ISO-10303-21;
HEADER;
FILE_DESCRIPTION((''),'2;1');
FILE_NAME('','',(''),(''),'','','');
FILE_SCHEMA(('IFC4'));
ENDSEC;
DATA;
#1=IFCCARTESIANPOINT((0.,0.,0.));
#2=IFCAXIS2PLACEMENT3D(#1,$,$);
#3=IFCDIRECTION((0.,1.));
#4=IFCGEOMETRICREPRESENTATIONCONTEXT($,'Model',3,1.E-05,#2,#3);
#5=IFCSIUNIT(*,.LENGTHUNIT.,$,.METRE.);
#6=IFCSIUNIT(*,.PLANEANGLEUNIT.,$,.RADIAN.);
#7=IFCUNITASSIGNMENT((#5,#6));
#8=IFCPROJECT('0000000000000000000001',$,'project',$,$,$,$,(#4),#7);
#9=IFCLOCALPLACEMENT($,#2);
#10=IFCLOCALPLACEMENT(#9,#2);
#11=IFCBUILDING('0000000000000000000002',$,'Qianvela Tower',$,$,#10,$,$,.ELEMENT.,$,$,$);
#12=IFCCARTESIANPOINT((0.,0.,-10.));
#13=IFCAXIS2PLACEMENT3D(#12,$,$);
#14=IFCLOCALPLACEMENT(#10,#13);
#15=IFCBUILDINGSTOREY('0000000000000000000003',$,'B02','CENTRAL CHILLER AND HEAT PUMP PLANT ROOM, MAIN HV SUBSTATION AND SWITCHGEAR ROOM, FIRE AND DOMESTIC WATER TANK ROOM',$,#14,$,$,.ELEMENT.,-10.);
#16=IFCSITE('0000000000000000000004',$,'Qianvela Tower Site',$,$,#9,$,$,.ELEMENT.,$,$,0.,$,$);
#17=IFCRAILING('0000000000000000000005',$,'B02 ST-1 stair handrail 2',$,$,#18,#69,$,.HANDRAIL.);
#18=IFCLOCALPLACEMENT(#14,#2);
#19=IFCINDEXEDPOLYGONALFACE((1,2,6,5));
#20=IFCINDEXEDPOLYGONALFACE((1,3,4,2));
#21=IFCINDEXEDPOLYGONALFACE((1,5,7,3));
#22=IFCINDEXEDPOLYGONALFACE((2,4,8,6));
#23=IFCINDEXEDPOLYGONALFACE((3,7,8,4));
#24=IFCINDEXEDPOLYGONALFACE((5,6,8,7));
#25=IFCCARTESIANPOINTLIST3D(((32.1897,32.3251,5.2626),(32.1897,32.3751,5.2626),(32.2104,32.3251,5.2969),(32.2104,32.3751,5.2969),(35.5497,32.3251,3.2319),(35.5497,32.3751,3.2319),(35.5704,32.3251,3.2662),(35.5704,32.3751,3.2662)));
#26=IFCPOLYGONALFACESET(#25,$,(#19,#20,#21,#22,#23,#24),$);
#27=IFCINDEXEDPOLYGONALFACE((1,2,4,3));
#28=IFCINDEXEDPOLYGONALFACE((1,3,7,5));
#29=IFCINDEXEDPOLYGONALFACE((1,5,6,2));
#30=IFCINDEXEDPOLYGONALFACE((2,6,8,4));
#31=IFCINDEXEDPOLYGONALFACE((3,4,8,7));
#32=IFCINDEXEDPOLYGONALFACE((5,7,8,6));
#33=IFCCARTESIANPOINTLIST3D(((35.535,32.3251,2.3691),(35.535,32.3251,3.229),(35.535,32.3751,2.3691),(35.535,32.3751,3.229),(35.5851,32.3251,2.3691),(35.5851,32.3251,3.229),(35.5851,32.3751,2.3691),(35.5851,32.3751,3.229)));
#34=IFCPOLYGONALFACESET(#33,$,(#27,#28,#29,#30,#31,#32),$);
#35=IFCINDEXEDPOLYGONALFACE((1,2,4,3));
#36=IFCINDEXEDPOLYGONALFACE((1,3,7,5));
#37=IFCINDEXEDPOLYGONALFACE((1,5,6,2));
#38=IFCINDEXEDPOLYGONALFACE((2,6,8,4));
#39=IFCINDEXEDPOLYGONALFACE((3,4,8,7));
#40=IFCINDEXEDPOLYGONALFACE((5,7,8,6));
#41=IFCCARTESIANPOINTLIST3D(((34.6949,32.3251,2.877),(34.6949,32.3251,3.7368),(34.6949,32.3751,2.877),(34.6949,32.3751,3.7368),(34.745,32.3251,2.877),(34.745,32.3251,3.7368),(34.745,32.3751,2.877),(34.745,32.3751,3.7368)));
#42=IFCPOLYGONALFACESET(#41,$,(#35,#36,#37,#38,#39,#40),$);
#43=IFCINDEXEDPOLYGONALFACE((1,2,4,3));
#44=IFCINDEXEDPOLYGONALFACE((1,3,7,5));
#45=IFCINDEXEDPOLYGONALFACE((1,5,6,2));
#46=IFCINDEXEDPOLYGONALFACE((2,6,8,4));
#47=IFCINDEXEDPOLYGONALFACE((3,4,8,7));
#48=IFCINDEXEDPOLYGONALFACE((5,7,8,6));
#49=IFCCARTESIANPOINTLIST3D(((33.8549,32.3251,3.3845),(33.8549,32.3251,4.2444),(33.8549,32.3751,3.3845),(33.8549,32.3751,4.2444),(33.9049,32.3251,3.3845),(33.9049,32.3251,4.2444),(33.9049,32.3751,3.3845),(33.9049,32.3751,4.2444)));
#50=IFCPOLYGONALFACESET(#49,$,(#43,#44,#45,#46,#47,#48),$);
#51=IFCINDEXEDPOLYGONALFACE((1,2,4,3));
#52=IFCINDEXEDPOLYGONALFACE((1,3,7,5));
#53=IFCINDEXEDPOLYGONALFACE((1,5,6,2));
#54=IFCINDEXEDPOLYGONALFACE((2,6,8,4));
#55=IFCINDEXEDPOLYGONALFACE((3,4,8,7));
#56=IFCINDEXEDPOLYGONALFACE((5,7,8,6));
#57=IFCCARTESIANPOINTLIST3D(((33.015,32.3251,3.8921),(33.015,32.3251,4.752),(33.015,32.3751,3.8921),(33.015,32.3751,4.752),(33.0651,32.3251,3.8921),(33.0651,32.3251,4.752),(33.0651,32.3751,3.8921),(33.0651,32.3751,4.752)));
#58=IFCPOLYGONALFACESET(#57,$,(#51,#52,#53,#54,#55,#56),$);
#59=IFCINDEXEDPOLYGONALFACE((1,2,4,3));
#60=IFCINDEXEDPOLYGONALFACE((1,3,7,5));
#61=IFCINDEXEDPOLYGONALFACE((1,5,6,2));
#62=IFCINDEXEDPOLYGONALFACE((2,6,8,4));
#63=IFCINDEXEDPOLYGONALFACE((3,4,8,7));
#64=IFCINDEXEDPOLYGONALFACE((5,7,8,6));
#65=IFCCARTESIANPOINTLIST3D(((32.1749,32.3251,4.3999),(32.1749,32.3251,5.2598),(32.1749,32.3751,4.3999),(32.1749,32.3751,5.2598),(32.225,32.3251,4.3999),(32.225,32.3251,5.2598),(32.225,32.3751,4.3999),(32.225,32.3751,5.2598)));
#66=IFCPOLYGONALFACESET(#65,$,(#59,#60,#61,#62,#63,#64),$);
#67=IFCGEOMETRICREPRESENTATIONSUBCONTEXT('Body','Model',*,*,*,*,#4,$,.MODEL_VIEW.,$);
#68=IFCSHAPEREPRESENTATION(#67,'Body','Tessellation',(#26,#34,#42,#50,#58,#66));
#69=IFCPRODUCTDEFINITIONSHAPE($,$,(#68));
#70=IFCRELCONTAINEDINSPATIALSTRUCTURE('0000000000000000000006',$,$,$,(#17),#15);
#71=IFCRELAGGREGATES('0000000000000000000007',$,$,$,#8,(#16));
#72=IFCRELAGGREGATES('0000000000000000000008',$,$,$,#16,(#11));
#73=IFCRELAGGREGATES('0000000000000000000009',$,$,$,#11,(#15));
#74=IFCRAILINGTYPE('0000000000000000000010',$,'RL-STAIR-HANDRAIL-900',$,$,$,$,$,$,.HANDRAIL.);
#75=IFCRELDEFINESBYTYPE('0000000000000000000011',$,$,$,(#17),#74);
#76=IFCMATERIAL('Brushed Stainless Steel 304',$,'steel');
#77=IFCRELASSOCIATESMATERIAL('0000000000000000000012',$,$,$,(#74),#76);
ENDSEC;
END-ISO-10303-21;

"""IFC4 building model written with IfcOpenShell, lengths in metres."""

from ifc_helpers import new_model, si_unit, direction, frame, origin, origin_2d, place, context, subcontext, project, spatial, rectangle, extrude, material, type_object, element, save


model = new_model("IFC4")

# Units and contexts
model_context = context("Model", 3, precision=1e-05, world=origin(), true_north=direction((0.0, 1.0)))
body_context = subcontext(model_context, "Body", "Model", "MODEL_VIEW")
ifc_project = project(units=[si_unit("LENGTHUNIT", "METRE"), si_unit("PLANEANGLEUNIT", "RADIAN")], contexts=[model_context])

# Site, building, storey
site_placement = place(None, origin())
site = spatial("IfcSite", under=ifc_project, at=site_placement, Name="Qianvela Tower Site", CompositionType="ELEMENT", RefElevation=0.0)
building_placement = place(site_placement, origin())
building = spatial("IfcBuilding", under=site, at=building_placement, Name="Qianvela Tower", CompositionType="ELEMENT")
storey_placement = place(building_placement, frame((0.0, 0.0, -10.0)))
storey = spatial("IfcBuildingStorey", under=building, at=storey_placement, Name="B02", Description="CENTRAL CHILLER AND HEAT PUMP PLANT ROOM, MAIN HV SUBSTATION AND SWITCHGEAR ROOM, FIRE AND DOMESTIC WATER TANK ROOM", CompositionType="ELEMENT", Elevation=-10.0)

# Railing
ifc_material_1 = material(Name="Brushed Stainless Steel 304", Category="steel")
railing_type_1 = type_object("IfcRailingType", Name="RL-STAIR-HANDRAIL-900", PredefinedType="HANDRAIL", material=ifc_material_1)
railing_1_placement = place(storey_placement, frame((35.5601, 32.3501, 2.3691)))
element("IfcRailing", 1, at=railing_1_placement, inside=storey, type_object=railing_type_1, Name="B02 ST-1 stair handrail 2", PredefinedType="HANDRAIL", context=body_context, shape_type="SweptSolid", body=[
    extrude(rectangle(XDim=0.05, YDim=0.04, at=origin_2d()), frame((0.0, 0.0, 0.8799), z_axis=(-0.855837, 0.0, 0.517246), x_axis=(0.0, -1.0, 0.0)), (0.0, 0.0, 1.0), 3.926),
    extrude(rectangle(XDim=0.05, YDim=0.05, at=origin_2d()), origin(), (0.0, 0.0, 1.0), 0.8599),
    extrude(rectangle(XDim=0.05, YDim=0.05, at=origin_2d()), frame((-0.8401, 0.0, 0.5078)), (0.0, 0.0, 1.0), 0.8599),
    extrude(rectangle(XDim=0.05, YDim=0.05, at=origin_2d()), frame((-1.6802, 0.0, 1.0154)), (0.0, 0.0, 1.0), 0.8599),
    extrude(rectangle(XDim=0.05, YDim=0.05, at=origin_2d()), frame((-2.52, 0.0, 1.5229)), (0.0, 0.0, 1.0), 0.8599),
    extrude(rectangle(XDim=0.05, YDim=0.05, at=origin_2d()), frame((-3.3601, 0.0, 2.0308)), (0.0, 0.0, 1.0), 0.8599),
])

save(model, "model.ifc")
